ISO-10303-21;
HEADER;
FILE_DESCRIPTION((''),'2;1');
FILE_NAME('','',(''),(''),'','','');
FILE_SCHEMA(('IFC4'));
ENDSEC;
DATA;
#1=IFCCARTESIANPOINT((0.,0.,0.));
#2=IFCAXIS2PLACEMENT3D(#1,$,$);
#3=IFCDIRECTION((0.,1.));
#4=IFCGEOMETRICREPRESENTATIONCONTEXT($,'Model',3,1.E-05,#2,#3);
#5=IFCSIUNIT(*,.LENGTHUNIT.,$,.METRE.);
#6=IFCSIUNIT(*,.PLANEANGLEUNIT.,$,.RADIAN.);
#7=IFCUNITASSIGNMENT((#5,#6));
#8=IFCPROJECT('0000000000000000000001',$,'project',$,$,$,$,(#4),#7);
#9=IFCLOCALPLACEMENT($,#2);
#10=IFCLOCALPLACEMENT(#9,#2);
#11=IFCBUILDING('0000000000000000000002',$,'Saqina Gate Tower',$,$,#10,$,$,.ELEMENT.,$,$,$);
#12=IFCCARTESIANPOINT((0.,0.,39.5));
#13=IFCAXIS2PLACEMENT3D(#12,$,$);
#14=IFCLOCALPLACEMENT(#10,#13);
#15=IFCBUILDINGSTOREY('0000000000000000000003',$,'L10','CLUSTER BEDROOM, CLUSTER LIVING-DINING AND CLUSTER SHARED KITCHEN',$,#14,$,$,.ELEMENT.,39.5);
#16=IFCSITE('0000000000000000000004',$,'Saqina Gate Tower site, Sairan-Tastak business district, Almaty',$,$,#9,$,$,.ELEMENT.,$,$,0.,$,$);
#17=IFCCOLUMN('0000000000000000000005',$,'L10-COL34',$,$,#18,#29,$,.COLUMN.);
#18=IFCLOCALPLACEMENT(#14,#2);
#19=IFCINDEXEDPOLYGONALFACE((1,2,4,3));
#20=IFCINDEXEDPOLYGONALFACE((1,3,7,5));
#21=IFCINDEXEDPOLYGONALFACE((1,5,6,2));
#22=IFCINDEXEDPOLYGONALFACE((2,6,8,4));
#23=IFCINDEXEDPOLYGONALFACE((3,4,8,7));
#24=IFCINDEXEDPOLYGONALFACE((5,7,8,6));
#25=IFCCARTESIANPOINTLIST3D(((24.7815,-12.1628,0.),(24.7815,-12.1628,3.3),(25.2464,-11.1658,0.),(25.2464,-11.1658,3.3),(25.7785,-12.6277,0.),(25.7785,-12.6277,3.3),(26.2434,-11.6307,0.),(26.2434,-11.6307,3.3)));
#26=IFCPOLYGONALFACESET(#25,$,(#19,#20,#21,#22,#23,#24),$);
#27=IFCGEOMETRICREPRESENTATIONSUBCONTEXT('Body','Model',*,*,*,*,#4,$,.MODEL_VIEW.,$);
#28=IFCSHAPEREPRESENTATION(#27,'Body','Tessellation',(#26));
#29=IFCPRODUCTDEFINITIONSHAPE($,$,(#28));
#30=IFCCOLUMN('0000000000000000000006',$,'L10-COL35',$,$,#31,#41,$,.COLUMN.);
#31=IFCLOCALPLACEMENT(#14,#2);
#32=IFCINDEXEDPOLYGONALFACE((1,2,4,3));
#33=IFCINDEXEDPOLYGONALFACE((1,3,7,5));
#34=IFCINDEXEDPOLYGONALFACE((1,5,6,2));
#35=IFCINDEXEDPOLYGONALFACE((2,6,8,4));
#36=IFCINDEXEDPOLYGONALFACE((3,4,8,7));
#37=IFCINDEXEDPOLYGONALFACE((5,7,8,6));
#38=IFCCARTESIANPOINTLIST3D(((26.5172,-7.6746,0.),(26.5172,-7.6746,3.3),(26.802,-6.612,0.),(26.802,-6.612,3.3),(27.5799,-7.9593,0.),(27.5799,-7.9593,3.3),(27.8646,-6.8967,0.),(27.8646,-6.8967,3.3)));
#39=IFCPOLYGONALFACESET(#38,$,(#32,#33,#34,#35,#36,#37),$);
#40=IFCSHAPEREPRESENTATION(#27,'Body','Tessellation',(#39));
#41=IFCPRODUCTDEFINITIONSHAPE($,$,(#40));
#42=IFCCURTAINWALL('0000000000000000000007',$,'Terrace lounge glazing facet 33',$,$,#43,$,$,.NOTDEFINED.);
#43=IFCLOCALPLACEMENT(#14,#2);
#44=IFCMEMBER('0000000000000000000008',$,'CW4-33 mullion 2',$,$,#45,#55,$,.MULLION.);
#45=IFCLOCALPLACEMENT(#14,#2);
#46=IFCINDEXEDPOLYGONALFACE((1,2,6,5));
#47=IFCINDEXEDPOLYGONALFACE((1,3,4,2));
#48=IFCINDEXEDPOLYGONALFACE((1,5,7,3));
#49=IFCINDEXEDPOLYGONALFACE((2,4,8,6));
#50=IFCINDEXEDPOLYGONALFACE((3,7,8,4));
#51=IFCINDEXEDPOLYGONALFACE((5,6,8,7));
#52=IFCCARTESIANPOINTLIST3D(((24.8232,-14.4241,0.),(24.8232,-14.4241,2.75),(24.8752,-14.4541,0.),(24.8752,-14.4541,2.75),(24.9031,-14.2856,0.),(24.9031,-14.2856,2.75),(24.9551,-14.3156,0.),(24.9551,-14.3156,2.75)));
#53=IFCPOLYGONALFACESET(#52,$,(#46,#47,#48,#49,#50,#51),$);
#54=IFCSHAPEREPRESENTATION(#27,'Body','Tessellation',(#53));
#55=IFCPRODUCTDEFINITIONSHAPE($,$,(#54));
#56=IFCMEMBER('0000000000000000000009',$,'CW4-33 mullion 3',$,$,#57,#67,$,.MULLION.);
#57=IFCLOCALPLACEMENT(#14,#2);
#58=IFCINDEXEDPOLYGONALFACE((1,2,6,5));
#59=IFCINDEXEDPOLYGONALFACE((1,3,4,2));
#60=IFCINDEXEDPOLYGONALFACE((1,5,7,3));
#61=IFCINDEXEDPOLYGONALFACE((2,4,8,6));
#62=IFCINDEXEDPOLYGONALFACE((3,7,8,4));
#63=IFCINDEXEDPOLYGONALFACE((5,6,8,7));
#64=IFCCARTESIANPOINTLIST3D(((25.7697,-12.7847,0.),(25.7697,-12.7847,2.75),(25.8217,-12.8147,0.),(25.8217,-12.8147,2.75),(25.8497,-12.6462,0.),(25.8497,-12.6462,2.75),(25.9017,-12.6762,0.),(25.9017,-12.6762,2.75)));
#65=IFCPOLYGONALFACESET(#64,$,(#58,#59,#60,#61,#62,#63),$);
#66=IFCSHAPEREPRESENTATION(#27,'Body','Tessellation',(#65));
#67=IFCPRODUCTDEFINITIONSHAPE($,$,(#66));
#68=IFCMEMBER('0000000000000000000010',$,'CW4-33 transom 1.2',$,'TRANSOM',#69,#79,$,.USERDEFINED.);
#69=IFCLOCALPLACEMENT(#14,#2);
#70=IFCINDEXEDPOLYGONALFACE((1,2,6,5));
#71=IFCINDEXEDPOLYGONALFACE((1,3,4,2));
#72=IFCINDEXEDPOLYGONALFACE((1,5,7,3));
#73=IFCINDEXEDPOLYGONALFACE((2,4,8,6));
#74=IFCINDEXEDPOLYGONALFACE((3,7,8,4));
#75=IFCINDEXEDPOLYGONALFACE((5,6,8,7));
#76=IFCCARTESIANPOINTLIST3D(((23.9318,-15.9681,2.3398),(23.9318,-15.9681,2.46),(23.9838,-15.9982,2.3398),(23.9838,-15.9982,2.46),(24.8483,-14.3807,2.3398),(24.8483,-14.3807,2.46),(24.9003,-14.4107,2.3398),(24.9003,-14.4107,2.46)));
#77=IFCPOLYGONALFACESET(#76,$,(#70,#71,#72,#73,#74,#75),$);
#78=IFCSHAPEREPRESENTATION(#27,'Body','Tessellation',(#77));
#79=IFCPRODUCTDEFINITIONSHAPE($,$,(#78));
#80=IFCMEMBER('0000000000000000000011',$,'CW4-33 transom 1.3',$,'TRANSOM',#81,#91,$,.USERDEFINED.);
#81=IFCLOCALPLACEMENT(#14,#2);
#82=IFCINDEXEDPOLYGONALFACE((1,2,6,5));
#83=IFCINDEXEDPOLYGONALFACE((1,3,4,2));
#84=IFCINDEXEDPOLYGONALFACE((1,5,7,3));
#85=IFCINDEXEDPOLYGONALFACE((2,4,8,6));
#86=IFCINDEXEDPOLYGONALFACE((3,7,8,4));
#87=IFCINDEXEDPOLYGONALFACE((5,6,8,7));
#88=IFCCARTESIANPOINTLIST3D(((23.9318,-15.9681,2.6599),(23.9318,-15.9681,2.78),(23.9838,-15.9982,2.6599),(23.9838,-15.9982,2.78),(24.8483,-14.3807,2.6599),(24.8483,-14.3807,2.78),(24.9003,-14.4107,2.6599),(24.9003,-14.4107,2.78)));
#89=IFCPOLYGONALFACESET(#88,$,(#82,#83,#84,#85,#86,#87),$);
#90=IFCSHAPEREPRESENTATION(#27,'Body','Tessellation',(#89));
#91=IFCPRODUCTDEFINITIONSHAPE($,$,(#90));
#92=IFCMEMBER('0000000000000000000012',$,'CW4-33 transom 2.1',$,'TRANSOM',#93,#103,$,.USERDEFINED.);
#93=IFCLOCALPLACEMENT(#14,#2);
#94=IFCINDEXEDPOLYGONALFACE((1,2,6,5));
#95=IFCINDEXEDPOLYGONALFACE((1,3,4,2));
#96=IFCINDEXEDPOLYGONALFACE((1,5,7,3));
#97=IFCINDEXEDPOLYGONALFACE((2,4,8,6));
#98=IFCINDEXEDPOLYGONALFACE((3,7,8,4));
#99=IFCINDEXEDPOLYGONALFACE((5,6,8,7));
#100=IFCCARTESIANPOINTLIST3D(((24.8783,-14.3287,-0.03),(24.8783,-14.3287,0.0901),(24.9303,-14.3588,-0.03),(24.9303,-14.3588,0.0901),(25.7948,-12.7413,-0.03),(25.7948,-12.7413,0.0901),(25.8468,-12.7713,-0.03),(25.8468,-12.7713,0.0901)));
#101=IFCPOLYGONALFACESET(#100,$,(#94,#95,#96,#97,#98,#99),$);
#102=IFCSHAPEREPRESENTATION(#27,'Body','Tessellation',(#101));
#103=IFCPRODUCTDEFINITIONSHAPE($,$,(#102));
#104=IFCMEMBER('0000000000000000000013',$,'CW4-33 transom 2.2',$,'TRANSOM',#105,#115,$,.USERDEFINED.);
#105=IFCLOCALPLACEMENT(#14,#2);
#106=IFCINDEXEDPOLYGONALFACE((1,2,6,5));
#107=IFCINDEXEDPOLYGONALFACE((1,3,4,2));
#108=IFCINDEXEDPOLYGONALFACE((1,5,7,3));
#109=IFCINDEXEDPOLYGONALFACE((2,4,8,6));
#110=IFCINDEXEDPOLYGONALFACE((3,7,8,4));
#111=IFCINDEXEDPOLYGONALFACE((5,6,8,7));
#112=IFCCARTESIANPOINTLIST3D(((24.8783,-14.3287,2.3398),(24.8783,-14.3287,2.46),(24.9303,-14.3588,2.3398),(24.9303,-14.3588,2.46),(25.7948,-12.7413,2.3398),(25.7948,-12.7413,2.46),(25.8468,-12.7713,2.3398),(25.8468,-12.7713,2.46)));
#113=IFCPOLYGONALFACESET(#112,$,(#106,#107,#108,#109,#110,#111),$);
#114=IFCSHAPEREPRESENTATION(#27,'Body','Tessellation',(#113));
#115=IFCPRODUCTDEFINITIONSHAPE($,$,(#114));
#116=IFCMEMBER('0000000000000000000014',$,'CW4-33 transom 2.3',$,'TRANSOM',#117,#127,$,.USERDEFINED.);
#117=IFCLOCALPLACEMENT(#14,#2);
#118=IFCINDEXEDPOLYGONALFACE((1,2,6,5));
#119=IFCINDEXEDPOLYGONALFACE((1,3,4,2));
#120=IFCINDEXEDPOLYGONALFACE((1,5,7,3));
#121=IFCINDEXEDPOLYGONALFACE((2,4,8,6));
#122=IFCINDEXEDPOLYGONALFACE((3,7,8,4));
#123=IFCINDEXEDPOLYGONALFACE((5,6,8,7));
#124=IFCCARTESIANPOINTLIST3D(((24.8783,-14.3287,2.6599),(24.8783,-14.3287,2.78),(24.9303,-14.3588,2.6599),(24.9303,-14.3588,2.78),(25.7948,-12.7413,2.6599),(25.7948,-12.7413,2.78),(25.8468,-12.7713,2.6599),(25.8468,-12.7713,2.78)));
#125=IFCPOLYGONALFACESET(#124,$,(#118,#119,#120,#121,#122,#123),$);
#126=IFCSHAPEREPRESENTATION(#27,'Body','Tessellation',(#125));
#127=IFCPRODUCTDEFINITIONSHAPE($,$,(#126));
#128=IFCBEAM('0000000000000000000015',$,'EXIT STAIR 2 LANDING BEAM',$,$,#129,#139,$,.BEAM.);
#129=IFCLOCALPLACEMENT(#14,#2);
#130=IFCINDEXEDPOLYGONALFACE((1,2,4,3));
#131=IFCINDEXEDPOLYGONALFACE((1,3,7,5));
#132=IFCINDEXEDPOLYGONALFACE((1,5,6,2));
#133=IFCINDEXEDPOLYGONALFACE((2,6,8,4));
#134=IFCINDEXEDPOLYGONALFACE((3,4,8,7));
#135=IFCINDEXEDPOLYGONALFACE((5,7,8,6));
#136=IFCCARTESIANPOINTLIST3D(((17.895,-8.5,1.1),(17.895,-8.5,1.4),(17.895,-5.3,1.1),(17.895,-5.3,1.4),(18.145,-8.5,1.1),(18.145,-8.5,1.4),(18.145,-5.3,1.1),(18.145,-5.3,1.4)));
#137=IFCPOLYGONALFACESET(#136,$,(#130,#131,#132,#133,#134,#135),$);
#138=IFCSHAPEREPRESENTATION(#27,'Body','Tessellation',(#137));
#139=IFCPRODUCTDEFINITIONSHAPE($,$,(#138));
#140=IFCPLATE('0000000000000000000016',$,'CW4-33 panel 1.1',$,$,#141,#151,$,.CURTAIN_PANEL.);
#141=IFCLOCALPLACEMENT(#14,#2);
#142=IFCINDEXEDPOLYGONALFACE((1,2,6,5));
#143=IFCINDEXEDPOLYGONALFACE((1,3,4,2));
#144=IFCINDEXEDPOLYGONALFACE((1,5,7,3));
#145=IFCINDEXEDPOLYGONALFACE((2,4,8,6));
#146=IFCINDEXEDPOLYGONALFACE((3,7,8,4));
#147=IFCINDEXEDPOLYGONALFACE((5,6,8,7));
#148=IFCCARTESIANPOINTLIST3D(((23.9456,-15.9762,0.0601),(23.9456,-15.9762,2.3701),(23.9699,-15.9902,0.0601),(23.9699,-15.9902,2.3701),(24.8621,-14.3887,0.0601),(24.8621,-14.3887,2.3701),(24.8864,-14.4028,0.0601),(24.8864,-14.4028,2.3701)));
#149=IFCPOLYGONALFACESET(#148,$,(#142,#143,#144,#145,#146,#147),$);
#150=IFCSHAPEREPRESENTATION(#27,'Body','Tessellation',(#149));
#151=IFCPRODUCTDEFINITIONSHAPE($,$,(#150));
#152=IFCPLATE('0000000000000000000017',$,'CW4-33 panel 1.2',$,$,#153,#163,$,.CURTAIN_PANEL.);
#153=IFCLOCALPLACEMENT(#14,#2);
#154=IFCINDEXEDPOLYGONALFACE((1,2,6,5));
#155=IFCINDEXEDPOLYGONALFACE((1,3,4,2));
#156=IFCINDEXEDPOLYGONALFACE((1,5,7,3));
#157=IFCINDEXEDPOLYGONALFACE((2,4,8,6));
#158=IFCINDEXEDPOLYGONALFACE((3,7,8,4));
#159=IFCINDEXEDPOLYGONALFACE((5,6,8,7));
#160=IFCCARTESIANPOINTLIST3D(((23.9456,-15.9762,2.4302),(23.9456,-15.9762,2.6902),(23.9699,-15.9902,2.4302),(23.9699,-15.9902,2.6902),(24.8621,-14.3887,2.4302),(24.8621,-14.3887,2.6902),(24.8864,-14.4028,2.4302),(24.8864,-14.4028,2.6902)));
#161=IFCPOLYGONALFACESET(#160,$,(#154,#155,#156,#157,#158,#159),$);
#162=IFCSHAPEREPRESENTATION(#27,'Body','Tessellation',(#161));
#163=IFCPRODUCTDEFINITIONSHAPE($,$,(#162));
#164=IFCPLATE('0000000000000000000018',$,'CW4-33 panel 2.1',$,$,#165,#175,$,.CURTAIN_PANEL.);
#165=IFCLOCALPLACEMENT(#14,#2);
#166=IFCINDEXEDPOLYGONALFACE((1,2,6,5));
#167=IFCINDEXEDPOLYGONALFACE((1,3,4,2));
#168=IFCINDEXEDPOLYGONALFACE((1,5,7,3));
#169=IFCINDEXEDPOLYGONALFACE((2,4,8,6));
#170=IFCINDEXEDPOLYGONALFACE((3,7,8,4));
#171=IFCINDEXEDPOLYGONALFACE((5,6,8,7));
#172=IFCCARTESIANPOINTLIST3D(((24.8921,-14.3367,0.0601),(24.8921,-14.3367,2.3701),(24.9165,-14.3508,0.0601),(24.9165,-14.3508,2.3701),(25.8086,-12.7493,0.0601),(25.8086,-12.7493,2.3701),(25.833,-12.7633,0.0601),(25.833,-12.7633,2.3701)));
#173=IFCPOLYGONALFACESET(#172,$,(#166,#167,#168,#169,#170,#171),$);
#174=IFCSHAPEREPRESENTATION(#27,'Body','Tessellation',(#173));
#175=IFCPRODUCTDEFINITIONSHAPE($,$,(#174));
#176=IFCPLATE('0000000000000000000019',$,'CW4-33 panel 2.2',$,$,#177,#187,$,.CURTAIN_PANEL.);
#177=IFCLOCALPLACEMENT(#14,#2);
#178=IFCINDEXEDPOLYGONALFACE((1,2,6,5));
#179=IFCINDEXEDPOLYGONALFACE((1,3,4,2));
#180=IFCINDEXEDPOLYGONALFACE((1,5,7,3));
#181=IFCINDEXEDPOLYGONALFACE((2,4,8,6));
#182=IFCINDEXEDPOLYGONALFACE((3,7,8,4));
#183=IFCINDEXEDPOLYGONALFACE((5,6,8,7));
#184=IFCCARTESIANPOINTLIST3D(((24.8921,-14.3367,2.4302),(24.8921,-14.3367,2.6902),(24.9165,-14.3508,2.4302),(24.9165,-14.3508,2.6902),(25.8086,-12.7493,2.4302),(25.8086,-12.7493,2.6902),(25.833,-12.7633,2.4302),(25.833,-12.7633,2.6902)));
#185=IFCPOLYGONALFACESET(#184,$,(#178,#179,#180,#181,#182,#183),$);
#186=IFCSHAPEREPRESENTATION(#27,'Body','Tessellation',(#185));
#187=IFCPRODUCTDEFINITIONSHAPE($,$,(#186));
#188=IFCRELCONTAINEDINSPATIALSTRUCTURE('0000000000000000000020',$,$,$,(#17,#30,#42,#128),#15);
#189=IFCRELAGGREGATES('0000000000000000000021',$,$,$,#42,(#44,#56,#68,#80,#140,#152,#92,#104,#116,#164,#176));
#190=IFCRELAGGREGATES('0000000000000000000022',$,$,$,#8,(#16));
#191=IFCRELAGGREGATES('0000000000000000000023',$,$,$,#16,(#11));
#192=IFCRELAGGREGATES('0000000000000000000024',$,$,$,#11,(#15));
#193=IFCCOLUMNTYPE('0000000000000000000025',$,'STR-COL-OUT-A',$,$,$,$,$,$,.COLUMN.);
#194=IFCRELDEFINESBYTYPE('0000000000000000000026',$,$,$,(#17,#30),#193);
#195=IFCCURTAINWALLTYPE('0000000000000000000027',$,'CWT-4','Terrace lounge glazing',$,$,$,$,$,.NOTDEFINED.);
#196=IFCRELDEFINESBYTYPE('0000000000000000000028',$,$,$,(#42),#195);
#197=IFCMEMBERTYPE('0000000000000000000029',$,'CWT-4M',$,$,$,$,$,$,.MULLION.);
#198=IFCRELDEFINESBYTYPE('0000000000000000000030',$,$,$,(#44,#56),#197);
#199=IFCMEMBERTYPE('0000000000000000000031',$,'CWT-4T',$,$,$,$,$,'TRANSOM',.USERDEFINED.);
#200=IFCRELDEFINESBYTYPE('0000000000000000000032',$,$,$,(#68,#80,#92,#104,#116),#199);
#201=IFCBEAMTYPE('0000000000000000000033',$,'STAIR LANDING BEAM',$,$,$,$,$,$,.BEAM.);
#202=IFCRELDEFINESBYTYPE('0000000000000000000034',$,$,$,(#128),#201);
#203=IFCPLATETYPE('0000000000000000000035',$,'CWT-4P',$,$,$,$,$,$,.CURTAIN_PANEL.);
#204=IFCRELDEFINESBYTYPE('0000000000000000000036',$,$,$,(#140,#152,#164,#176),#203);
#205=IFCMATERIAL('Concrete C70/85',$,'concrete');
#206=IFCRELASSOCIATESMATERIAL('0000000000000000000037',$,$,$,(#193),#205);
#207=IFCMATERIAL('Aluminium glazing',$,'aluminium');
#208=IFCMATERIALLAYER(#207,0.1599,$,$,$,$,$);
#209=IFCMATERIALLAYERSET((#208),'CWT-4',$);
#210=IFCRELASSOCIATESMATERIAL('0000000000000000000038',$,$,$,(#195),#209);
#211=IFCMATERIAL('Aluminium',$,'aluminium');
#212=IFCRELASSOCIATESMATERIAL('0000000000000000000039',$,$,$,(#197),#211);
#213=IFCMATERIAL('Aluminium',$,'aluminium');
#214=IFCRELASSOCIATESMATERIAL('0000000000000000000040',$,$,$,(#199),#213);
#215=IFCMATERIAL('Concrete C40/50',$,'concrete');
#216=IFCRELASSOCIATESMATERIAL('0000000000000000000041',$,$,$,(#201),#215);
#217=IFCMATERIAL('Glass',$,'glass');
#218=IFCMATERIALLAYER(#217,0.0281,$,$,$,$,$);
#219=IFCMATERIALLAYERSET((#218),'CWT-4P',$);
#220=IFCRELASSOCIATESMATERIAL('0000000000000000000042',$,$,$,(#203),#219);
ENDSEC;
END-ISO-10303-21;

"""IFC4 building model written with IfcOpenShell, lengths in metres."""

from ifc_helpers import new_model, si_unit, direction, frame, origin, origin_2d, place, context, subcontext, project, spatial, rectangle, extrude, material, layer, layer_set, material_profile, profile_set, type_object, element, aggregate, save


model = new_model("IFC4")

# Units and contexts
model_context = context("Model", 3, precision=1e-05, world=origin(), true_north=direction((0.0, 1.0)))
body_context = subcontext(model_context, "Body", "Model", "MODEL_VIEW")
ifc_project = project(units=[si_unit("LENGTHUNIT", "METRE"), si_unit("PLANEANGLEUNIT", "RADIAN")], contexts=[model_context])

# Site, building, storey
site_placement = place(None, origin())
site = spatial("IfcSite", under=ifc_project, at=site_placement, Name="Saqina Gate Tower site, Sairan-Tastak business district, Almaty", CompositionType="ELEMENT", RefElevation=0.0)
building_placement = place(site_placement, origin())
building = spatial("IfcBuilding", under=site, at=building_placement, Name="Saqina Gate Tower", CompositionType="ELEMENT")
storey_placement = place(building_placement, frame((0.0, 0.0, 39.5)))
storey = spatial("IfcBuildingStorey", under=building, at=storey_placement, Name="L10", Description="CLUSTER BEDROOM, CLUSTER LIVING-DINING AND CLUSTER SHARED KITCHEN", CompositionType="ELEMENT", Elevation=39.5)

# Columns
ifc_material_1 = material(Name="Concrete C70/85", Category="concrete")
ifc_material_profile_1 = material_profile(ifc_material_1, rectangle(XDim=1.1001, YDim=1.1001, at=origin_2d()), Name="RC 1100x1100")
ifc_profile_set_1 = profile_set([ifc_material_profile_1], Name="Concrete C70/85")
column_type = type_object("IfcColumnType", Name="STR-COL-OUT-A", PredefinedType="COLUMN", material=ifc_profile_set_1)
for number, where, z_axis, x_axis, name in (
    (1, (25.5125, -11.8967, 0.0), (0.0, 0.0, 1.0), (0.906308, -0.422618, 0.0), "L10-COL34"),
    (2, (27.1909, -7.2856, 0.0), (0.0, 0.0, 1.0), (0.965926, -0.258819, 0.0), "L10-COL35"),
):
    element("IfcColumn", number, at=place(storey_placement, frame(where, z_axis=z_axis, x_axis=x_axis)), inside=storey, type_object=column_type, Name=name, PredefinedType="COLUMN", context=body_context, shape_type="SweptSolid", body=[
        extrude(rectangle(XDim=1.1001, YDim=1.1001, at=origin_2d()), origin(), (0.0, 0.0, 1.0), 3.3),
    ])

# Curtain wall, members
ifc_material_2 = material(Name="Aluminium glazing", Category="aluminium")
ifc_layer_1 = layer(ifc_material_2, 0.1599)
ifc_layer_set_1 = layer_set([ifc_layer_1], Name="CWT-4")
curtain_wall_type = type_object("IfcCurtainWallType", Name="CWT-4", Description="Terrace lounge glazing", PredefinedType="NOTDEFINED", material=ifc_layer_set_1)
curtain_wall_placement = place(storey_placement, origin())
curtain_wall = element("IfcCurtainWall", 3, at=curtain_wall_placement, inside=storey, type_object=curtain_wall_type, Name="Terrace lounge glazing facet 33", PredefinedType="NOTDEFINED")
ifc_material_3 = material(Name="Aluminium", Category="aluminium")
ifc_material_profile_2 = material_profile(ifc_material_3, rectangle(XDim=0.0601, YDim=0.1599, at=origin_2d()), Name="Aluminium 60x160")
ifc_profile_set_2 = profile_set([ifc_material_profile_2], Name="Aluminium")
member_type_1 = type_object("IfcMemberType", Name="CWT-4M", PredefinedType="MULLION", material=ifc_profile_set_2)
member_1_placement = place(storey_placement, frame((24.8892, -14.3699, 0.0), z_axis=(0.0, 0.0, 1.0), x_axis=(-0.866028, 0.499996, 0.0)))
member_1 = element("IfcMember", 4, at=member_1_placement, type_object=member_type_1, Name="CW4-33 mullion 2", PredefinedType="MULLION", context=body_context, shape_type="SweptSolid", body=[
    extrude(rectangle(XDim=0.0601, YDim=0.1599, at=origin_2d()), origin(), (0.0, 0.0, 1.0), 2.75),
])
member_2_placement = place(storey_placement, frame((25.8357, -12.7305, 0.0), z_axis=(0.0, 0.0, 1.0), x_axis=(-0.866028, 0.499996, 0.0)))
member_2 = element("IfcMember", 5, at=member_2_placement, type_object=member_type_1, Name="CW4-33 mullion 3", PredefinedType="MULLION", context=body_context, shape_type="SweptSolid", body=[
    extrude(rectangle(XDim=0.0601, YDim=0.1599, at=origin_2d()), origin(), (0.0, 0.0, 1.0), 2.75),
])
ifc_material_4 = material(Name="Aluminium", Category="aluminium")
ifc_material_profile_3 = material_profile(ifc_material_4, rectangle(XDim=0.0601, YDim=0.1201, at=origin_2d()), Name="Aluminium 60x120")
ifc_profile_set_3 = profile_set([ifc_material_profile_3], Name="Aluminium")
member_type_2 = type_object("IfcMemberType", Name="CWT-4T", ElementType="TRANSOM", PredefinedType="USERDEFINED", material=ifc_profile_set_3)
member_3_placement = place(storey_placement, frame((23.9578, -15.9832, 2.3999), z_axis=(0.500007, 0.866021, 0.0), x_axis=(-0.866021, 0.500007, 0.0)))
member_3 = element("IfcMember", 6, at=member_3_placement, type_object=member_type_2, Name="CW4-33 transom 1.2", ObjectType="TRANSOM", PredefinedType="USERDEFINED", context=body_context, shape_type="SweptSolid", body=[
    extrude(rectangle(XDim=0.0601, YDim=0.1201, at=origin_2d()), origin(), (0.0, 0.0, 1.0), 1.833),
])
member_4_placement = place(storey_placement, frame((23.9578, -15.9832, 2.72), z_axis=(0.500007, 0.866021, 0.0), x_axis=(-0.866021, 0.500007, 0.0)))
member_4 = element("IfcMember", 7, at=member_4_placement, type_object=member_type_2, Name="CW4-33 transom 1.3", ObjectType="TRANSOM", PredefinedType="USERDEFINED", context=body_context, shape_type="SweptSolid", body=[
    extrude(rectangle(XDim=0.0601, YDim=0.1201, at=origin_2d()), origin(), (0.0, 0.0, 1.0), 1.833),
])
member_5_placement = place(storey_placement, frame((24.9043, -14.3438, 0.03), z_axis=(0.500007, 0.866021, 0.0), x_axis=(-0.866021, 0.500007, 0.0)))
member_5 = element("IfcMember", 8, at=member_5_placement, type_object=member_type_2, Name="CW4-33 transom 2.1", ObjectType="TRANSOM", PredefinedType="USERDEFINED", context=body_context, shape_type="SweptSolid", body=[
    extrude(rectangle(XDim=0.0601, YDim=0.1201, at=origin_2d()), origin(), (0.0, 0.0, 1.0), 1.833),
])
member_6_placement = place(storey_placement, frame((24.9043, -14.3438, 2.3999), z_axis=(0.500007, 0.866021, 0.0), x_axis=(-0.866021, 0.500007, 0.0)))
member_6 = element("IfcMember", 9, at=member_6_placement, type_object=member_type_2, Name="CW4-33 transom 2.2", ObjectType="TRANSOM", PredefinedType="USERDEFINED", context=body_context, shape_type="SweptSolid", body=[
    extrude(rectangle(XDim=0.0601, YDim=0.1201, at=origin_2d()), origin(), (0.0, 0.0, 1.0), 1.833),
])
member_7_placement = place(storey_placement, frame((24.9043, -14.3438, 2.72), z_axis=(0.500007, 0.866021, 0.0), x_axis=(-0.866021, 0.500007, 0.0)))
member_7 = element("IfcMember", 10, at=member_7_placement, type_object=member_type_2, Name="CW4-33 transom 2.3", ObjectType="TRANSOM", PredefinedType="USERDEFINED", context=body_context, shape_type="SweptSolid", body=[
    extrude(rectangle(XDim=0.0601, YDim=0.1201, at=origin_2d()), origin(), (0.0, 0.0, 1.0), 1.833),
])

# Beam
ifc_material_5 = material(Name="Concrete C40/50", Category="concrete")
ifc_material_profile_4 = material_profile(ifc_material_5, rectangle(XDim=0.25, YDim=0.3, at=origin_2d()), Name="STAIR LANDING BEAM")
ifc_profile_set_4 = profile_set([ifc_material_profile_4], Name="Concrete C40/50")
beam_type = type_object("IfcBeamType", Name="STAIR LANDING BEAM", PredefinedType="BEAM", material=ifc_profile_set_4)
beam_placement = place(storey_placement, frame((18.02, -8.5, 1.25), z_axis=(0.0, 1.0, 0.0), x_axis=(-1.0, 0.0, 0.0)))
element("IfcBeam", 11, at=beam_placement, inside=storey, type_object=beam_type, Name="EXIT STAIR 2 LANDING BEAM", PredefinedType="BEAM", context=body_context, shape_type="SweptSolid", body=[
    extrude(rectangle(XDim=0.25, YDim=0.3, at=origin_2d()), origin(), (0.0, 0.0, 1.0), 3.2),
])

# Plates
ifc_material_6 = material(Name="Glass", Category="glass")
ifc_layer_2 = layer(ifc_material_6, 0.0281)
ifc_layer_set_2 = layer_set([ifc_layer_2], Name="CWT-4P")
plate_type = type_object("IfcPlateType", Name="CWT-4P", PredefinedType="CURTAIN_PANEL", material=ifc_layer_set_2)
plate_1_placement = place(storey_placement, frame((24.416, -15.1895, 0.0601), z_axis=(0.0, 0.0, 1.0), x_axis=(0.499996, 0.866028, 0.0)))
plate_1 = element("IfcPlate", 12, at=plate_1_placement, type_object=plate_type, Name="CW4-33 panel 1.1", PredefinedType="CURTAIN_PANEL", context=body_context, shape_type="SweptSolid", body=[
    extrude(rectangle(XDim=1.833, YDim=0.0281, at=origin_2d()), origin(), (0.0, 0.0, 1.0), 2.3101),
])
plate_2_placement = place(storey_placement, frame((24.416, -15.1895, 2.4302), z_axis=(0.0, 0.0, 1.0), x_axis=(0.499996, 0.866028, 0.0)))
plate_2 = element("IfcPlate", 13, at=plate_2_placement, type_object=plate_type, Name="CW4-33 panel 1.2", PredefinedType="CURTAIN_PANEL", context=body_context, shape_type="SweptSolid", body=[
    extrude(rectangle(XDim=1.833, YDim=0.0281, at=origin_2d()), origin(), (0.0, 0.0, 1.0), 0.26),
])
plate_3_placement = place(storey_placement, frame((25.3625, -13.55, 0.0601), z_axis=(0.0, 0.0, 1.0), x_axis=(0.499996, 0.866028, 0.0)))
plate_3 = element("IfcPlate", 14, at=plate_3_placement, type_object=plate_type, Name="CW4-33 panel 2.1", PredefinedType="CURTAIN_PANEL", context=body_context, shape_type="SweptSolid", body=[
    extrude(rectangle(XDim=1.833, YDim=0.0281, at=origin_2d()), origin(), (0.0, 0.0, 1.0), 2.3101),
])
plate_4_placement = place(storey_placement, frame((25.3625, -13.55, 2.4302), z_axis=(0.0, 0.0, 1.0), x_axis=(0.499996, 0.866028, 0.0)))
plate_4 = element("IfcPlate", 15, at=plate_4_placement, type_object=plate_type, Name="CW4-33 panel 2.2", PredefinedType="CURTAIN_PANEL", context=body_context, shape_type="SweptSolid", body=[
    extrude(rectangle(XDim=1.833, YDim=0.0281, at=origin_2d()), origin(), (0.0, 0.0, 1.0), 0.26),
])
aggregate(curtain_wall, [member_1, member_2, member_3, member_4, plate_1, plate_2, member_5, member_6, member_7, plate_3, plate_4])

save(model, "model.ifc")
